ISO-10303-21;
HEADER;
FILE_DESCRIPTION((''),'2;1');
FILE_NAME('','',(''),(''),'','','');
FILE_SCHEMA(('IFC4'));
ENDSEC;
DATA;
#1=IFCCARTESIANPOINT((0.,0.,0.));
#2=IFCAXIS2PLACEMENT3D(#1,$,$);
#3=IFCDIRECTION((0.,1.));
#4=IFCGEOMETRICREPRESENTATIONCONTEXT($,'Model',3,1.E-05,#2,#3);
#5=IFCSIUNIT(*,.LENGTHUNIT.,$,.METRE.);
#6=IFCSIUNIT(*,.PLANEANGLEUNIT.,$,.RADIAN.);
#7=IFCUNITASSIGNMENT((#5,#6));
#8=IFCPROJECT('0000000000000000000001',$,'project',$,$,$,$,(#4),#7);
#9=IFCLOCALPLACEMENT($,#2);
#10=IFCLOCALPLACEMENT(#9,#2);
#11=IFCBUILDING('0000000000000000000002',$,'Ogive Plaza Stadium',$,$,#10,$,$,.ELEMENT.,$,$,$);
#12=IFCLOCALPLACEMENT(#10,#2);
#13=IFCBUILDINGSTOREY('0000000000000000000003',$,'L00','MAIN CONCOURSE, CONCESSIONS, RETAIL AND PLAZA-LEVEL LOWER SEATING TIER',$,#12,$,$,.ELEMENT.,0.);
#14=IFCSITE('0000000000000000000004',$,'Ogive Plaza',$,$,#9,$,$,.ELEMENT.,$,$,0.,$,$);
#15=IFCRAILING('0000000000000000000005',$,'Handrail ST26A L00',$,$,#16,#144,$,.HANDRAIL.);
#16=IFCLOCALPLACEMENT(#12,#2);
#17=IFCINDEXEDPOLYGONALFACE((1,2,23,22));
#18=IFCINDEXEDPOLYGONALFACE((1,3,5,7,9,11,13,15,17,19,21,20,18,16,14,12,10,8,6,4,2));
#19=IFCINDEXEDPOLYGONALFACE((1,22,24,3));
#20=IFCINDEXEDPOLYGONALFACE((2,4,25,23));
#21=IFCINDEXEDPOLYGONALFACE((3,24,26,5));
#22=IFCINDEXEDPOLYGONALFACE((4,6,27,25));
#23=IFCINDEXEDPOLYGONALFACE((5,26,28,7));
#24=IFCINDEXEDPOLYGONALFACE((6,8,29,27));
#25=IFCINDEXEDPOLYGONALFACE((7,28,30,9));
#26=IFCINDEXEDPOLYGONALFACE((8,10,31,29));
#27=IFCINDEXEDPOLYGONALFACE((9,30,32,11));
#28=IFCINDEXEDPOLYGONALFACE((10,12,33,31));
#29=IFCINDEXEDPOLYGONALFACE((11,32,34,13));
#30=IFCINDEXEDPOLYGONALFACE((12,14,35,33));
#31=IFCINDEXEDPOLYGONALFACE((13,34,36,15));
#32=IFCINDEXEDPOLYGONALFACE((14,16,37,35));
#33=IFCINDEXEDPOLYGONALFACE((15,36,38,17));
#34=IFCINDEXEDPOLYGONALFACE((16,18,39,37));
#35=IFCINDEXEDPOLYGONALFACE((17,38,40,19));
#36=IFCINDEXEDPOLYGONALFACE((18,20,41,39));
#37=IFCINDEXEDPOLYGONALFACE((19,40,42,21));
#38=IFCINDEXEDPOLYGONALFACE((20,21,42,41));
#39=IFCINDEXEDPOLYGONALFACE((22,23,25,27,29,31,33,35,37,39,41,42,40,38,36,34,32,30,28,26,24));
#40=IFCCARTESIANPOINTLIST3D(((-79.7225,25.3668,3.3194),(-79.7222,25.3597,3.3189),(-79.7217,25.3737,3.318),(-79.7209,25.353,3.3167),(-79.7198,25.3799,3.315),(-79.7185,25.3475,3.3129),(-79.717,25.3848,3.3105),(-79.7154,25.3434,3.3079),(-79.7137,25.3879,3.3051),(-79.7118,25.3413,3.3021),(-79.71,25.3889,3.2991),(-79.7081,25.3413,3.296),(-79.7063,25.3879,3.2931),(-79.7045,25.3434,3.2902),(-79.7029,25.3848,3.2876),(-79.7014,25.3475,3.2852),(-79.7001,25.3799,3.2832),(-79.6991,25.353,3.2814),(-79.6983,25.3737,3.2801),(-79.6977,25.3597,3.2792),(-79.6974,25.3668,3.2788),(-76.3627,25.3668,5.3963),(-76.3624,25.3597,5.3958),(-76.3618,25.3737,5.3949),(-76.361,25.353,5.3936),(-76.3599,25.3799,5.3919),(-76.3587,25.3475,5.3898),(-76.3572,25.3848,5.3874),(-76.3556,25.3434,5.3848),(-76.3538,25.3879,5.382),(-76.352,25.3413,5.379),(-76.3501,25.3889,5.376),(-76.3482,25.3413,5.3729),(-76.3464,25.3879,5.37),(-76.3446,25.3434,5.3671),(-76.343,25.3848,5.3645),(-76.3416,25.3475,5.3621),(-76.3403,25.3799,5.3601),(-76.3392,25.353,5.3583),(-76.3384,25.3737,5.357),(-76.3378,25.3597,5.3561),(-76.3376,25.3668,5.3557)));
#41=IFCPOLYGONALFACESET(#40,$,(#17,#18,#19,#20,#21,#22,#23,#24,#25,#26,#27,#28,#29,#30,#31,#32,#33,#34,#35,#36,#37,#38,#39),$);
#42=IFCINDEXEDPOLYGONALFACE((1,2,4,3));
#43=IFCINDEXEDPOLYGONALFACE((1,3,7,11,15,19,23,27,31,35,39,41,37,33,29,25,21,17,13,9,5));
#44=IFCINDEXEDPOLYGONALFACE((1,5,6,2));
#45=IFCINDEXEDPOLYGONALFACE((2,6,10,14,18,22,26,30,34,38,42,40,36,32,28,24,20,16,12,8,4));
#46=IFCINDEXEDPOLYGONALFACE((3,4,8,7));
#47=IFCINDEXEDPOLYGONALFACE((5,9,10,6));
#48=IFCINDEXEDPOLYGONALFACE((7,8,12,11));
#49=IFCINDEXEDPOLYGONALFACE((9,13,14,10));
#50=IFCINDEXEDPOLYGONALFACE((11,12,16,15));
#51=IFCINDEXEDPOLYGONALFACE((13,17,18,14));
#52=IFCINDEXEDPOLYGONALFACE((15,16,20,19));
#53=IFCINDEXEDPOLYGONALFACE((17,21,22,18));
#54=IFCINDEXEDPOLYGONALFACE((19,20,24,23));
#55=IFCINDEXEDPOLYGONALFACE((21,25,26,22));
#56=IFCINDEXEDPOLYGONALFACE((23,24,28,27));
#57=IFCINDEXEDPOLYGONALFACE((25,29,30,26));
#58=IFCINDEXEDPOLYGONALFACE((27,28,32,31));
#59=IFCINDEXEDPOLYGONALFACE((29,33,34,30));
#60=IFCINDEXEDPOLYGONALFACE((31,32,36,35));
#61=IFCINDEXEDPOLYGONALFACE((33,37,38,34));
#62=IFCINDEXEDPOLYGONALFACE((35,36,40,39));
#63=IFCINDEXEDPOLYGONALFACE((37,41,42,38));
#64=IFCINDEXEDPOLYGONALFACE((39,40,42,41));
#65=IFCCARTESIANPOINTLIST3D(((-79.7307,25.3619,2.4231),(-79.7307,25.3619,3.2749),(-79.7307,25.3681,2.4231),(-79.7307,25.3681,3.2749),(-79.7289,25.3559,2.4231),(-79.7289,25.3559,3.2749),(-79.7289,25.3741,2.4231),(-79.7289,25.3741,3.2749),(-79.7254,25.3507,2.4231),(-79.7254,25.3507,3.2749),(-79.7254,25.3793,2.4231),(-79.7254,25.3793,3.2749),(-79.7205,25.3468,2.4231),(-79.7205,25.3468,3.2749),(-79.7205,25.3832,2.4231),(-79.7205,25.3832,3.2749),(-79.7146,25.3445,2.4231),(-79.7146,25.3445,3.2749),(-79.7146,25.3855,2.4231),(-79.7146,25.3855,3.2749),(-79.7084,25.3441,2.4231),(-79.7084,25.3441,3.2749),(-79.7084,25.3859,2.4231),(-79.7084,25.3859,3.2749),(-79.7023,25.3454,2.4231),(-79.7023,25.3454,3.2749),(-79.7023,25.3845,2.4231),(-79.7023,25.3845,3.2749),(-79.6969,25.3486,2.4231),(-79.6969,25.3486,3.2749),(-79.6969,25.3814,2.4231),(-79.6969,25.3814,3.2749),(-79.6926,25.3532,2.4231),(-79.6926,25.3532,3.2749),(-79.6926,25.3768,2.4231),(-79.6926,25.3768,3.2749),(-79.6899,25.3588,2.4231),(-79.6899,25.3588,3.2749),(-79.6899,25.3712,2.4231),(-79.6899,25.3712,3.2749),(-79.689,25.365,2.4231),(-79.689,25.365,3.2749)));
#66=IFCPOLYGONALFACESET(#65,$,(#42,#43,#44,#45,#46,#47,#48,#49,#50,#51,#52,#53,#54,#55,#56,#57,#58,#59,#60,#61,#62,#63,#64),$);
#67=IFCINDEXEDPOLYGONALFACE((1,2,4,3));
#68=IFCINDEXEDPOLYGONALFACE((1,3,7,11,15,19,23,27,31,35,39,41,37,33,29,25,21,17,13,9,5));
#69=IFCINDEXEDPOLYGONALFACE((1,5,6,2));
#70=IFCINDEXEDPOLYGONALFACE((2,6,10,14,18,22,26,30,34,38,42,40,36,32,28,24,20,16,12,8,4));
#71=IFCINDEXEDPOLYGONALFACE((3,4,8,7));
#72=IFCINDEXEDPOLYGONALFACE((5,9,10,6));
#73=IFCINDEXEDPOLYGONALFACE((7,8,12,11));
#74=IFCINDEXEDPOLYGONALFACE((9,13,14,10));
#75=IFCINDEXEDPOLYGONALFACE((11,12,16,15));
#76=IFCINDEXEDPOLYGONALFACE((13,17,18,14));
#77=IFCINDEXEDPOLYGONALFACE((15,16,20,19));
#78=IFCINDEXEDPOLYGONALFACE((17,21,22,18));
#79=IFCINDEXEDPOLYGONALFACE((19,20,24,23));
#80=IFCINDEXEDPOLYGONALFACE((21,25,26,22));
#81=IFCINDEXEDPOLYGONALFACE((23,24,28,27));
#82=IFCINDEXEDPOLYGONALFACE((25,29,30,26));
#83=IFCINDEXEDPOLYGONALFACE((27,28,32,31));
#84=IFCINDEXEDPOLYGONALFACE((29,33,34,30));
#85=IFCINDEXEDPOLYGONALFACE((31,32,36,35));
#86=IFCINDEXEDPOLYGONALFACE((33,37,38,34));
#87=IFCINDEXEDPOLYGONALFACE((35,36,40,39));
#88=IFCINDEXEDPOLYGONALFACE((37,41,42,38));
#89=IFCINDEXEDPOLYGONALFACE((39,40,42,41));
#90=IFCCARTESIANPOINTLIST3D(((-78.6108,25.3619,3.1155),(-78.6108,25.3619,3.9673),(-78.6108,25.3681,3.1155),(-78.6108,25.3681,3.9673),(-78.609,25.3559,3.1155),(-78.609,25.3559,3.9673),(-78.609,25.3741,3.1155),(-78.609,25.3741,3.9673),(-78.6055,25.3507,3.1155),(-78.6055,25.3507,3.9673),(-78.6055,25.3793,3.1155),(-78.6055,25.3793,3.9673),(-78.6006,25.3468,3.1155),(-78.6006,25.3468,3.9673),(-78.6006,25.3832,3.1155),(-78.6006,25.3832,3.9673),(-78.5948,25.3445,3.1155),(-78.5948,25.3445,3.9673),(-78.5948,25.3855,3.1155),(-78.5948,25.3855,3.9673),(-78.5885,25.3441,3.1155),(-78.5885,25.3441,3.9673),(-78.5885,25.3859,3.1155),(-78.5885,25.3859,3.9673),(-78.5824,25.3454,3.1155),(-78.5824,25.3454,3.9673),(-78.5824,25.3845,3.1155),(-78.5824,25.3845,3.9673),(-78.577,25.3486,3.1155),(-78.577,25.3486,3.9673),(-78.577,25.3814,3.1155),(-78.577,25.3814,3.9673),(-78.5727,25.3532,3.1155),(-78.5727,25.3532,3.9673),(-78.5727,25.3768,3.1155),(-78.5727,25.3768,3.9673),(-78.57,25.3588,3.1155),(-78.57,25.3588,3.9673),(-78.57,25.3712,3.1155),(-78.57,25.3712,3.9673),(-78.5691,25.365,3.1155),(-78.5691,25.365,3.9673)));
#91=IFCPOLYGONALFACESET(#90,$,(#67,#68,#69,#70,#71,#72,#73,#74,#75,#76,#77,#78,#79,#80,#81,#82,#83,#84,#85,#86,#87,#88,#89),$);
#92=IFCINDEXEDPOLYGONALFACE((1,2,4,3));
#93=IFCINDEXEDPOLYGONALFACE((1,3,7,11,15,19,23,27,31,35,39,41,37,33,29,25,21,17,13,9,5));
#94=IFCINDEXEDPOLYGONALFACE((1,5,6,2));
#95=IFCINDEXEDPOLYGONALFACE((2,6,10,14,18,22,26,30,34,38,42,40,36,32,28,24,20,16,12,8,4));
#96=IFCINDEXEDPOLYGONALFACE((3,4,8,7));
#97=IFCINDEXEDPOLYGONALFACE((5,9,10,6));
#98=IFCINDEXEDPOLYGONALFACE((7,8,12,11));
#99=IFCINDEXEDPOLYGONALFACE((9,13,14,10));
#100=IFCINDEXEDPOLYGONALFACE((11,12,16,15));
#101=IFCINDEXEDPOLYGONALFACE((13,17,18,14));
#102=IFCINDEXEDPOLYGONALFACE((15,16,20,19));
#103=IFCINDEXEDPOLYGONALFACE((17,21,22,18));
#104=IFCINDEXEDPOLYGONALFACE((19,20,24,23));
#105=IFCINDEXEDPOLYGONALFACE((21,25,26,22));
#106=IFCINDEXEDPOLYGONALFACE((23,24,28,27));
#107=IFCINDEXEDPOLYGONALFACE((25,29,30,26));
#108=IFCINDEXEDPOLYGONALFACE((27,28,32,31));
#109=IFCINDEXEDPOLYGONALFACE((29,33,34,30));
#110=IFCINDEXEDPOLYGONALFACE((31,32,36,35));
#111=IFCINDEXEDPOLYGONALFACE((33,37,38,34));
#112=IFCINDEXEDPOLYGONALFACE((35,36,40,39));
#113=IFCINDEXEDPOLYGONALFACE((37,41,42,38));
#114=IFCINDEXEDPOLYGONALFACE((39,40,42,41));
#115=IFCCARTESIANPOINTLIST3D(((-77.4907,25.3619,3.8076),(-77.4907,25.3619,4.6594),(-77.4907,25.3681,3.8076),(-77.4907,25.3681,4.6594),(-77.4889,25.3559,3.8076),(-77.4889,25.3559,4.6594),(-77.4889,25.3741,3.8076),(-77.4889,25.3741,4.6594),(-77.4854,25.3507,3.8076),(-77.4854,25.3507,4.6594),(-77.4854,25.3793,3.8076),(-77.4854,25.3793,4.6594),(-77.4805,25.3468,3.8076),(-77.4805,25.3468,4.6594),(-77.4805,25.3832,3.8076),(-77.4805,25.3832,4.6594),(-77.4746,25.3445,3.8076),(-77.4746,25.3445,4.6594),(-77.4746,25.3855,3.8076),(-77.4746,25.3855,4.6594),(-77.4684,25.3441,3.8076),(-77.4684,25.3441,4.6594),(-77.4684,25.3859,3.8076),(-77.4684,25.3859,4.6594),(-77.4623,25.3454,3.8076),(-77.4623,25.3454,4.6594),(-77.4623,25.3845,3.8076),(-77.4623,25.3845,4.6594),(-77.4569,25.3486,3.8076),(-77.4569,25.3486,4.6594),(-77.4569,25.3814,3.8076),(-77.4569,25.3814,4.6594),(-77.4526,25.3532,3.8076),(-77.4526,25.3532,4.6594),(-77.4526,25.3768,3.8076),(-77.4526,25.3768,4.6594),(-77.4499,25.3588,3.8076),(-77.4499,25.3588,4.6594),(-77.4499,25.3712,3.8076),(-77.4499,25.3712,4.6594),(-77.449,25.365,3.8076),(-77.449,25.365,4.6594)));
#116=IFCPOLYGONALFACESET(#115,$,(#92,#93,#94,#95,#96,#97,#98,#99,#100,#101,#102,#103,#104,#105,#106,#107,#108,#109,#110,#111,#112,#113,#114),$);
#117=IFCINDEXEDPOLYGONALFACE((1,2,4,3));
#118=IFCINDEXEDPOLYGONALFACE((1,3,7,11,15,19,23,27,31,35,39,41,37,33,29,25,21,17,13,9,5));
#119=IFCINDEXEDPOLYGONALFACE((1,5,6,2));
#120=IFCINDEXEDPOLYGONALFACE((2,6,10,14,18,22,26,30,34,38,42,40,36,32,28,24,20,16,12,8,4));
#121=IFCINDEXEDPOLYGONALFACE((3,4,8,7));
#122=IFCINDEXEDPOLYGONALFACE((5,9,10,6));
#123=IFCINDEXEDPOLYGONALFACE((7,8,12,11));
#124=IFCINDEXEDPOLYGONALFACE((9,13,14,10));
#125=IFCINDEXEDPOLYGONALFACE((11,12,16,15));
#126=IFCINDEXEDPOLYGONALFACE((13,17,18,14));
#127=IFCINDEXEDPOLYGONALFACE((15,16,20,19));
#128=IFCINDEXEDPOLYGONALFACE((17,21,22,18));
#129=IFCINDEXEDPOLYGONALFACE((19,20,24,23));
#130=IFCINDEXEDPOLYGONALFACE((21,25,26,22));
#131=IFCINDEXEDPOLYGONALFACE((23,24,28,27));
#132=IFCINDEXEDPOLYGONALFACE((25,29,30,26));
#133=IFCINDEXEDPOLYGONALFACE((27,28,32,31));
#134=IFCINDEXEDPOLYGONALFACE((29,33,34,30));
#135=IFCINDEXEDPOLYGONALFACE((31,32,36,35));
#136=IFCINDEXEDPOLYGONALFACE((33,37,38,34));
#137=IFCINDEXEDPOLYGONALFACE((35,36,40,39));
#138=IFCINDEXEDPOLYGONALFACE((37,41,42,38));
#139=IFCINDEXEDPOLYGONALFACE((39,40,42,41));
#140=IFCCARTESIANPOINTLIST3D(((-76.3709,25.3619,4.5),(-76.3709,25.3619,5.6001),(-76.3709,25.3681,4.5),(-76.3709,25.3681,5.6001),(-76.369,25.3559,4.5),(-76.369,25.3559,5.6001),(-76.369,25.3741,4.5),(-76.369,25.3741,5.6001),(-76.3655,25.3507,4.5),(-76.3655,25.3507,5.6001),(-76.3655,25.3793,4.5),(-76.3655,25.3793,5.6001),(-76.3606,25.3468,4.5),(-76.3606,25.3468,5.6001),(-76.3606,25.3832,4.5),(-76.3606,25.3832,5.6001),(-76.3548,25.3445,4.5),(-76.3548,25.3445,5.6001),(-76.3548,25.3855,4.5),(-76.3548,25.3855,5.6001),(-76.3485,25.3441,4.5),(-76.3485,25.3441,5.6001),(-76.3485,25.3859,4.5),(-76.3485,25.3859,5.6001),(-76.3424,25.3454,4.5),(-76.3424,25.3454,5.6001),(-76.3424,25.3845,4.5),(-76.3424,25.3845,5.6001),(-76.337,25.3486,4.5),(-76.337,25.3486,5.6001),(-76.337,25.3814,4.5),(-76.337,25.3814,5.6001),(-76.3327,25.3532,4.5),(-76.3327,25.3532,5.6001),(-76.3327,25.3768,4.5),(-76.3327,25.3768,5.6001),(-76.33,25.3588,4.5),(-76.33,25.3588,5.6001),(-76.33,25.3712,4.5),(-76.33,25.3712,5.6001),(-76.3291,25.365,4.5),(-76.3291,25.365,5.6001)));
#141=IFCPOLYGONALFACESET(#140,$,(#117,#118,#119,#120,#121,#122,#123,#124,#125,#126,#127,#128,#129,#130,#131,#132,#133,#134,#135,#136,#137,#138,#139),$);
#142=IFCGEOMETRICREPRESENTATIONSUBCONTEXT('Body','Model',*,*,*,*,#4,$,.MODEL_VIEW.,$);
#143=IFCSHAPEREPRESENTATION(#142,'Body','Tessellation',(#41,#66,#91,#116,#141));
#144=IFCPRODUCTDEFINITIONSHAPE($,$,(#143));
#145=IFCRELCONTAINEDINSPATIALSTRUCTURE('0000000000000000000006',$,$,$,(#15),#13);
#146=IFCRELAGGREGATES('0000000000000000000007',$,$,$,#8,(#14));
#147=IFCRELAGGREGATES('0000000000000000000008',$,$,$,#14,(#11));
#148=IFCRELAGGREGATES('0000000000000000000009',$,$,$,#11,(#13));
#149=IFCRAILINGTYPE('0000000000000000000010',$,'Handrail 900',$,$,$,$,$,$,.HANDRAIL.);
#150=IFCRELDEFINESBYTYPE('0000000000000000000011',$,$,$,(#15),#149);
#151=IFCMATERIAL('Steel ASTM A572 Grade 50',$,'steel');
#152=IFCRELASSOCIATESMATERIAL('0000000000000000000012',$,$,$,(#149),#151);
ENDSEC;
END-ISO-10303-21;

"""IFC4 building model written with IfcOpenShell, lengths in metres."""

from ifc_helpers import new_model, si_unit, direction, frame, origin, origin_2d, place, context, subcontext, project, spatial, circle, extrude, material, type_object, element, save


model = new_model("IFC4")

# Units and contexts
model_context = context("Model", 3, precision=1e-05, world=origin(), true_north=direction((0.0, 1.0)))
body_context = subcontext(model_context, "Body", "Model", "MODEL_VIEW")
ifc_project = project(units=[si_unit("LENGTHUNIT", "METRE"), si_unit("PLANEANGLEUNIT", "RADIAN")], contexts=[model_context])

# Site, building, storey
site_placement = place(None, origin())
site = spatial("IfcSite", under=ifc_project, at=site_placement, Name="Ogive Plaza", CompositionType="ELEMENT", RefElevation=0.0)
building_placement = place(site_placement, origin())
building = spatial("IfcBuilding", under=site, at=building_placement, Name="Ogive Plaza Stadium", CompositionType="ELEMENT")
storey_placement = place(building_placement, origin())
storey = spatial("IfcBuildingStorey", under=building, at=storey_placement, Name="L00", Description="MAIN CONCOURSE, CONCESSIONS, RETAIL AND PLAZA-LEVEL LOWER SEATING TIER", CompositionType="ELEMENT", Elevation=0.0)

# Railing
ifc_material_1 = material(Name="Steel ASTM A572 Grade 50", Category="steel")
railing_type_1 = type_object("IfcRailingType", Name="Handrail 900", PredefinedType="HANDRAIL", material=ifc_material_1)
for number, where, name in (
    (1, (-79.71, 25.365, 2.4231), "Handrail ST26A L00"),
):
    element("IfcRailing", number, at=place(storey_placement, frame(where)), inside=storey, type_object=railing_type_1, Name=name, PredefinedType="HANDRAIL", context=body_context, shape_type="SweptSolid", body=[
        extrude(circle(Radius=0.0239, at=origin_2d()), frame((0.0, 0.0, 0.876), z_axis=(0.850606, 0.0, 0.525803), x_axis=(0.0, 1.0, 0.0)), (0.0, 0.0, 1.0), 3.95),
        extrude(circle(Radius=0.021, at=origin_2d()), origin(), (0.0, 0.0, 1.0), 0.8518),
        extrude(circle(Radius=0.021, at=origin_2d()), frame((1.1199, 0.0, 0.6924)), (0.0, 0.0, 1.0), 0.8518),
        extrude(circle(Radius=0.021, at=origin_2d()), frame((2.24, 0.0, 1.3845)), (0.0, 0.0, 1.0), 0.8518),
        extrude(circle(Radius=0.021, at=origin_2d()), frame((3.3599, 0.0, 2.0769)), (0.0, 0.0, 1.0), 1.1001),
    ])

save(model, "model.ifc")
